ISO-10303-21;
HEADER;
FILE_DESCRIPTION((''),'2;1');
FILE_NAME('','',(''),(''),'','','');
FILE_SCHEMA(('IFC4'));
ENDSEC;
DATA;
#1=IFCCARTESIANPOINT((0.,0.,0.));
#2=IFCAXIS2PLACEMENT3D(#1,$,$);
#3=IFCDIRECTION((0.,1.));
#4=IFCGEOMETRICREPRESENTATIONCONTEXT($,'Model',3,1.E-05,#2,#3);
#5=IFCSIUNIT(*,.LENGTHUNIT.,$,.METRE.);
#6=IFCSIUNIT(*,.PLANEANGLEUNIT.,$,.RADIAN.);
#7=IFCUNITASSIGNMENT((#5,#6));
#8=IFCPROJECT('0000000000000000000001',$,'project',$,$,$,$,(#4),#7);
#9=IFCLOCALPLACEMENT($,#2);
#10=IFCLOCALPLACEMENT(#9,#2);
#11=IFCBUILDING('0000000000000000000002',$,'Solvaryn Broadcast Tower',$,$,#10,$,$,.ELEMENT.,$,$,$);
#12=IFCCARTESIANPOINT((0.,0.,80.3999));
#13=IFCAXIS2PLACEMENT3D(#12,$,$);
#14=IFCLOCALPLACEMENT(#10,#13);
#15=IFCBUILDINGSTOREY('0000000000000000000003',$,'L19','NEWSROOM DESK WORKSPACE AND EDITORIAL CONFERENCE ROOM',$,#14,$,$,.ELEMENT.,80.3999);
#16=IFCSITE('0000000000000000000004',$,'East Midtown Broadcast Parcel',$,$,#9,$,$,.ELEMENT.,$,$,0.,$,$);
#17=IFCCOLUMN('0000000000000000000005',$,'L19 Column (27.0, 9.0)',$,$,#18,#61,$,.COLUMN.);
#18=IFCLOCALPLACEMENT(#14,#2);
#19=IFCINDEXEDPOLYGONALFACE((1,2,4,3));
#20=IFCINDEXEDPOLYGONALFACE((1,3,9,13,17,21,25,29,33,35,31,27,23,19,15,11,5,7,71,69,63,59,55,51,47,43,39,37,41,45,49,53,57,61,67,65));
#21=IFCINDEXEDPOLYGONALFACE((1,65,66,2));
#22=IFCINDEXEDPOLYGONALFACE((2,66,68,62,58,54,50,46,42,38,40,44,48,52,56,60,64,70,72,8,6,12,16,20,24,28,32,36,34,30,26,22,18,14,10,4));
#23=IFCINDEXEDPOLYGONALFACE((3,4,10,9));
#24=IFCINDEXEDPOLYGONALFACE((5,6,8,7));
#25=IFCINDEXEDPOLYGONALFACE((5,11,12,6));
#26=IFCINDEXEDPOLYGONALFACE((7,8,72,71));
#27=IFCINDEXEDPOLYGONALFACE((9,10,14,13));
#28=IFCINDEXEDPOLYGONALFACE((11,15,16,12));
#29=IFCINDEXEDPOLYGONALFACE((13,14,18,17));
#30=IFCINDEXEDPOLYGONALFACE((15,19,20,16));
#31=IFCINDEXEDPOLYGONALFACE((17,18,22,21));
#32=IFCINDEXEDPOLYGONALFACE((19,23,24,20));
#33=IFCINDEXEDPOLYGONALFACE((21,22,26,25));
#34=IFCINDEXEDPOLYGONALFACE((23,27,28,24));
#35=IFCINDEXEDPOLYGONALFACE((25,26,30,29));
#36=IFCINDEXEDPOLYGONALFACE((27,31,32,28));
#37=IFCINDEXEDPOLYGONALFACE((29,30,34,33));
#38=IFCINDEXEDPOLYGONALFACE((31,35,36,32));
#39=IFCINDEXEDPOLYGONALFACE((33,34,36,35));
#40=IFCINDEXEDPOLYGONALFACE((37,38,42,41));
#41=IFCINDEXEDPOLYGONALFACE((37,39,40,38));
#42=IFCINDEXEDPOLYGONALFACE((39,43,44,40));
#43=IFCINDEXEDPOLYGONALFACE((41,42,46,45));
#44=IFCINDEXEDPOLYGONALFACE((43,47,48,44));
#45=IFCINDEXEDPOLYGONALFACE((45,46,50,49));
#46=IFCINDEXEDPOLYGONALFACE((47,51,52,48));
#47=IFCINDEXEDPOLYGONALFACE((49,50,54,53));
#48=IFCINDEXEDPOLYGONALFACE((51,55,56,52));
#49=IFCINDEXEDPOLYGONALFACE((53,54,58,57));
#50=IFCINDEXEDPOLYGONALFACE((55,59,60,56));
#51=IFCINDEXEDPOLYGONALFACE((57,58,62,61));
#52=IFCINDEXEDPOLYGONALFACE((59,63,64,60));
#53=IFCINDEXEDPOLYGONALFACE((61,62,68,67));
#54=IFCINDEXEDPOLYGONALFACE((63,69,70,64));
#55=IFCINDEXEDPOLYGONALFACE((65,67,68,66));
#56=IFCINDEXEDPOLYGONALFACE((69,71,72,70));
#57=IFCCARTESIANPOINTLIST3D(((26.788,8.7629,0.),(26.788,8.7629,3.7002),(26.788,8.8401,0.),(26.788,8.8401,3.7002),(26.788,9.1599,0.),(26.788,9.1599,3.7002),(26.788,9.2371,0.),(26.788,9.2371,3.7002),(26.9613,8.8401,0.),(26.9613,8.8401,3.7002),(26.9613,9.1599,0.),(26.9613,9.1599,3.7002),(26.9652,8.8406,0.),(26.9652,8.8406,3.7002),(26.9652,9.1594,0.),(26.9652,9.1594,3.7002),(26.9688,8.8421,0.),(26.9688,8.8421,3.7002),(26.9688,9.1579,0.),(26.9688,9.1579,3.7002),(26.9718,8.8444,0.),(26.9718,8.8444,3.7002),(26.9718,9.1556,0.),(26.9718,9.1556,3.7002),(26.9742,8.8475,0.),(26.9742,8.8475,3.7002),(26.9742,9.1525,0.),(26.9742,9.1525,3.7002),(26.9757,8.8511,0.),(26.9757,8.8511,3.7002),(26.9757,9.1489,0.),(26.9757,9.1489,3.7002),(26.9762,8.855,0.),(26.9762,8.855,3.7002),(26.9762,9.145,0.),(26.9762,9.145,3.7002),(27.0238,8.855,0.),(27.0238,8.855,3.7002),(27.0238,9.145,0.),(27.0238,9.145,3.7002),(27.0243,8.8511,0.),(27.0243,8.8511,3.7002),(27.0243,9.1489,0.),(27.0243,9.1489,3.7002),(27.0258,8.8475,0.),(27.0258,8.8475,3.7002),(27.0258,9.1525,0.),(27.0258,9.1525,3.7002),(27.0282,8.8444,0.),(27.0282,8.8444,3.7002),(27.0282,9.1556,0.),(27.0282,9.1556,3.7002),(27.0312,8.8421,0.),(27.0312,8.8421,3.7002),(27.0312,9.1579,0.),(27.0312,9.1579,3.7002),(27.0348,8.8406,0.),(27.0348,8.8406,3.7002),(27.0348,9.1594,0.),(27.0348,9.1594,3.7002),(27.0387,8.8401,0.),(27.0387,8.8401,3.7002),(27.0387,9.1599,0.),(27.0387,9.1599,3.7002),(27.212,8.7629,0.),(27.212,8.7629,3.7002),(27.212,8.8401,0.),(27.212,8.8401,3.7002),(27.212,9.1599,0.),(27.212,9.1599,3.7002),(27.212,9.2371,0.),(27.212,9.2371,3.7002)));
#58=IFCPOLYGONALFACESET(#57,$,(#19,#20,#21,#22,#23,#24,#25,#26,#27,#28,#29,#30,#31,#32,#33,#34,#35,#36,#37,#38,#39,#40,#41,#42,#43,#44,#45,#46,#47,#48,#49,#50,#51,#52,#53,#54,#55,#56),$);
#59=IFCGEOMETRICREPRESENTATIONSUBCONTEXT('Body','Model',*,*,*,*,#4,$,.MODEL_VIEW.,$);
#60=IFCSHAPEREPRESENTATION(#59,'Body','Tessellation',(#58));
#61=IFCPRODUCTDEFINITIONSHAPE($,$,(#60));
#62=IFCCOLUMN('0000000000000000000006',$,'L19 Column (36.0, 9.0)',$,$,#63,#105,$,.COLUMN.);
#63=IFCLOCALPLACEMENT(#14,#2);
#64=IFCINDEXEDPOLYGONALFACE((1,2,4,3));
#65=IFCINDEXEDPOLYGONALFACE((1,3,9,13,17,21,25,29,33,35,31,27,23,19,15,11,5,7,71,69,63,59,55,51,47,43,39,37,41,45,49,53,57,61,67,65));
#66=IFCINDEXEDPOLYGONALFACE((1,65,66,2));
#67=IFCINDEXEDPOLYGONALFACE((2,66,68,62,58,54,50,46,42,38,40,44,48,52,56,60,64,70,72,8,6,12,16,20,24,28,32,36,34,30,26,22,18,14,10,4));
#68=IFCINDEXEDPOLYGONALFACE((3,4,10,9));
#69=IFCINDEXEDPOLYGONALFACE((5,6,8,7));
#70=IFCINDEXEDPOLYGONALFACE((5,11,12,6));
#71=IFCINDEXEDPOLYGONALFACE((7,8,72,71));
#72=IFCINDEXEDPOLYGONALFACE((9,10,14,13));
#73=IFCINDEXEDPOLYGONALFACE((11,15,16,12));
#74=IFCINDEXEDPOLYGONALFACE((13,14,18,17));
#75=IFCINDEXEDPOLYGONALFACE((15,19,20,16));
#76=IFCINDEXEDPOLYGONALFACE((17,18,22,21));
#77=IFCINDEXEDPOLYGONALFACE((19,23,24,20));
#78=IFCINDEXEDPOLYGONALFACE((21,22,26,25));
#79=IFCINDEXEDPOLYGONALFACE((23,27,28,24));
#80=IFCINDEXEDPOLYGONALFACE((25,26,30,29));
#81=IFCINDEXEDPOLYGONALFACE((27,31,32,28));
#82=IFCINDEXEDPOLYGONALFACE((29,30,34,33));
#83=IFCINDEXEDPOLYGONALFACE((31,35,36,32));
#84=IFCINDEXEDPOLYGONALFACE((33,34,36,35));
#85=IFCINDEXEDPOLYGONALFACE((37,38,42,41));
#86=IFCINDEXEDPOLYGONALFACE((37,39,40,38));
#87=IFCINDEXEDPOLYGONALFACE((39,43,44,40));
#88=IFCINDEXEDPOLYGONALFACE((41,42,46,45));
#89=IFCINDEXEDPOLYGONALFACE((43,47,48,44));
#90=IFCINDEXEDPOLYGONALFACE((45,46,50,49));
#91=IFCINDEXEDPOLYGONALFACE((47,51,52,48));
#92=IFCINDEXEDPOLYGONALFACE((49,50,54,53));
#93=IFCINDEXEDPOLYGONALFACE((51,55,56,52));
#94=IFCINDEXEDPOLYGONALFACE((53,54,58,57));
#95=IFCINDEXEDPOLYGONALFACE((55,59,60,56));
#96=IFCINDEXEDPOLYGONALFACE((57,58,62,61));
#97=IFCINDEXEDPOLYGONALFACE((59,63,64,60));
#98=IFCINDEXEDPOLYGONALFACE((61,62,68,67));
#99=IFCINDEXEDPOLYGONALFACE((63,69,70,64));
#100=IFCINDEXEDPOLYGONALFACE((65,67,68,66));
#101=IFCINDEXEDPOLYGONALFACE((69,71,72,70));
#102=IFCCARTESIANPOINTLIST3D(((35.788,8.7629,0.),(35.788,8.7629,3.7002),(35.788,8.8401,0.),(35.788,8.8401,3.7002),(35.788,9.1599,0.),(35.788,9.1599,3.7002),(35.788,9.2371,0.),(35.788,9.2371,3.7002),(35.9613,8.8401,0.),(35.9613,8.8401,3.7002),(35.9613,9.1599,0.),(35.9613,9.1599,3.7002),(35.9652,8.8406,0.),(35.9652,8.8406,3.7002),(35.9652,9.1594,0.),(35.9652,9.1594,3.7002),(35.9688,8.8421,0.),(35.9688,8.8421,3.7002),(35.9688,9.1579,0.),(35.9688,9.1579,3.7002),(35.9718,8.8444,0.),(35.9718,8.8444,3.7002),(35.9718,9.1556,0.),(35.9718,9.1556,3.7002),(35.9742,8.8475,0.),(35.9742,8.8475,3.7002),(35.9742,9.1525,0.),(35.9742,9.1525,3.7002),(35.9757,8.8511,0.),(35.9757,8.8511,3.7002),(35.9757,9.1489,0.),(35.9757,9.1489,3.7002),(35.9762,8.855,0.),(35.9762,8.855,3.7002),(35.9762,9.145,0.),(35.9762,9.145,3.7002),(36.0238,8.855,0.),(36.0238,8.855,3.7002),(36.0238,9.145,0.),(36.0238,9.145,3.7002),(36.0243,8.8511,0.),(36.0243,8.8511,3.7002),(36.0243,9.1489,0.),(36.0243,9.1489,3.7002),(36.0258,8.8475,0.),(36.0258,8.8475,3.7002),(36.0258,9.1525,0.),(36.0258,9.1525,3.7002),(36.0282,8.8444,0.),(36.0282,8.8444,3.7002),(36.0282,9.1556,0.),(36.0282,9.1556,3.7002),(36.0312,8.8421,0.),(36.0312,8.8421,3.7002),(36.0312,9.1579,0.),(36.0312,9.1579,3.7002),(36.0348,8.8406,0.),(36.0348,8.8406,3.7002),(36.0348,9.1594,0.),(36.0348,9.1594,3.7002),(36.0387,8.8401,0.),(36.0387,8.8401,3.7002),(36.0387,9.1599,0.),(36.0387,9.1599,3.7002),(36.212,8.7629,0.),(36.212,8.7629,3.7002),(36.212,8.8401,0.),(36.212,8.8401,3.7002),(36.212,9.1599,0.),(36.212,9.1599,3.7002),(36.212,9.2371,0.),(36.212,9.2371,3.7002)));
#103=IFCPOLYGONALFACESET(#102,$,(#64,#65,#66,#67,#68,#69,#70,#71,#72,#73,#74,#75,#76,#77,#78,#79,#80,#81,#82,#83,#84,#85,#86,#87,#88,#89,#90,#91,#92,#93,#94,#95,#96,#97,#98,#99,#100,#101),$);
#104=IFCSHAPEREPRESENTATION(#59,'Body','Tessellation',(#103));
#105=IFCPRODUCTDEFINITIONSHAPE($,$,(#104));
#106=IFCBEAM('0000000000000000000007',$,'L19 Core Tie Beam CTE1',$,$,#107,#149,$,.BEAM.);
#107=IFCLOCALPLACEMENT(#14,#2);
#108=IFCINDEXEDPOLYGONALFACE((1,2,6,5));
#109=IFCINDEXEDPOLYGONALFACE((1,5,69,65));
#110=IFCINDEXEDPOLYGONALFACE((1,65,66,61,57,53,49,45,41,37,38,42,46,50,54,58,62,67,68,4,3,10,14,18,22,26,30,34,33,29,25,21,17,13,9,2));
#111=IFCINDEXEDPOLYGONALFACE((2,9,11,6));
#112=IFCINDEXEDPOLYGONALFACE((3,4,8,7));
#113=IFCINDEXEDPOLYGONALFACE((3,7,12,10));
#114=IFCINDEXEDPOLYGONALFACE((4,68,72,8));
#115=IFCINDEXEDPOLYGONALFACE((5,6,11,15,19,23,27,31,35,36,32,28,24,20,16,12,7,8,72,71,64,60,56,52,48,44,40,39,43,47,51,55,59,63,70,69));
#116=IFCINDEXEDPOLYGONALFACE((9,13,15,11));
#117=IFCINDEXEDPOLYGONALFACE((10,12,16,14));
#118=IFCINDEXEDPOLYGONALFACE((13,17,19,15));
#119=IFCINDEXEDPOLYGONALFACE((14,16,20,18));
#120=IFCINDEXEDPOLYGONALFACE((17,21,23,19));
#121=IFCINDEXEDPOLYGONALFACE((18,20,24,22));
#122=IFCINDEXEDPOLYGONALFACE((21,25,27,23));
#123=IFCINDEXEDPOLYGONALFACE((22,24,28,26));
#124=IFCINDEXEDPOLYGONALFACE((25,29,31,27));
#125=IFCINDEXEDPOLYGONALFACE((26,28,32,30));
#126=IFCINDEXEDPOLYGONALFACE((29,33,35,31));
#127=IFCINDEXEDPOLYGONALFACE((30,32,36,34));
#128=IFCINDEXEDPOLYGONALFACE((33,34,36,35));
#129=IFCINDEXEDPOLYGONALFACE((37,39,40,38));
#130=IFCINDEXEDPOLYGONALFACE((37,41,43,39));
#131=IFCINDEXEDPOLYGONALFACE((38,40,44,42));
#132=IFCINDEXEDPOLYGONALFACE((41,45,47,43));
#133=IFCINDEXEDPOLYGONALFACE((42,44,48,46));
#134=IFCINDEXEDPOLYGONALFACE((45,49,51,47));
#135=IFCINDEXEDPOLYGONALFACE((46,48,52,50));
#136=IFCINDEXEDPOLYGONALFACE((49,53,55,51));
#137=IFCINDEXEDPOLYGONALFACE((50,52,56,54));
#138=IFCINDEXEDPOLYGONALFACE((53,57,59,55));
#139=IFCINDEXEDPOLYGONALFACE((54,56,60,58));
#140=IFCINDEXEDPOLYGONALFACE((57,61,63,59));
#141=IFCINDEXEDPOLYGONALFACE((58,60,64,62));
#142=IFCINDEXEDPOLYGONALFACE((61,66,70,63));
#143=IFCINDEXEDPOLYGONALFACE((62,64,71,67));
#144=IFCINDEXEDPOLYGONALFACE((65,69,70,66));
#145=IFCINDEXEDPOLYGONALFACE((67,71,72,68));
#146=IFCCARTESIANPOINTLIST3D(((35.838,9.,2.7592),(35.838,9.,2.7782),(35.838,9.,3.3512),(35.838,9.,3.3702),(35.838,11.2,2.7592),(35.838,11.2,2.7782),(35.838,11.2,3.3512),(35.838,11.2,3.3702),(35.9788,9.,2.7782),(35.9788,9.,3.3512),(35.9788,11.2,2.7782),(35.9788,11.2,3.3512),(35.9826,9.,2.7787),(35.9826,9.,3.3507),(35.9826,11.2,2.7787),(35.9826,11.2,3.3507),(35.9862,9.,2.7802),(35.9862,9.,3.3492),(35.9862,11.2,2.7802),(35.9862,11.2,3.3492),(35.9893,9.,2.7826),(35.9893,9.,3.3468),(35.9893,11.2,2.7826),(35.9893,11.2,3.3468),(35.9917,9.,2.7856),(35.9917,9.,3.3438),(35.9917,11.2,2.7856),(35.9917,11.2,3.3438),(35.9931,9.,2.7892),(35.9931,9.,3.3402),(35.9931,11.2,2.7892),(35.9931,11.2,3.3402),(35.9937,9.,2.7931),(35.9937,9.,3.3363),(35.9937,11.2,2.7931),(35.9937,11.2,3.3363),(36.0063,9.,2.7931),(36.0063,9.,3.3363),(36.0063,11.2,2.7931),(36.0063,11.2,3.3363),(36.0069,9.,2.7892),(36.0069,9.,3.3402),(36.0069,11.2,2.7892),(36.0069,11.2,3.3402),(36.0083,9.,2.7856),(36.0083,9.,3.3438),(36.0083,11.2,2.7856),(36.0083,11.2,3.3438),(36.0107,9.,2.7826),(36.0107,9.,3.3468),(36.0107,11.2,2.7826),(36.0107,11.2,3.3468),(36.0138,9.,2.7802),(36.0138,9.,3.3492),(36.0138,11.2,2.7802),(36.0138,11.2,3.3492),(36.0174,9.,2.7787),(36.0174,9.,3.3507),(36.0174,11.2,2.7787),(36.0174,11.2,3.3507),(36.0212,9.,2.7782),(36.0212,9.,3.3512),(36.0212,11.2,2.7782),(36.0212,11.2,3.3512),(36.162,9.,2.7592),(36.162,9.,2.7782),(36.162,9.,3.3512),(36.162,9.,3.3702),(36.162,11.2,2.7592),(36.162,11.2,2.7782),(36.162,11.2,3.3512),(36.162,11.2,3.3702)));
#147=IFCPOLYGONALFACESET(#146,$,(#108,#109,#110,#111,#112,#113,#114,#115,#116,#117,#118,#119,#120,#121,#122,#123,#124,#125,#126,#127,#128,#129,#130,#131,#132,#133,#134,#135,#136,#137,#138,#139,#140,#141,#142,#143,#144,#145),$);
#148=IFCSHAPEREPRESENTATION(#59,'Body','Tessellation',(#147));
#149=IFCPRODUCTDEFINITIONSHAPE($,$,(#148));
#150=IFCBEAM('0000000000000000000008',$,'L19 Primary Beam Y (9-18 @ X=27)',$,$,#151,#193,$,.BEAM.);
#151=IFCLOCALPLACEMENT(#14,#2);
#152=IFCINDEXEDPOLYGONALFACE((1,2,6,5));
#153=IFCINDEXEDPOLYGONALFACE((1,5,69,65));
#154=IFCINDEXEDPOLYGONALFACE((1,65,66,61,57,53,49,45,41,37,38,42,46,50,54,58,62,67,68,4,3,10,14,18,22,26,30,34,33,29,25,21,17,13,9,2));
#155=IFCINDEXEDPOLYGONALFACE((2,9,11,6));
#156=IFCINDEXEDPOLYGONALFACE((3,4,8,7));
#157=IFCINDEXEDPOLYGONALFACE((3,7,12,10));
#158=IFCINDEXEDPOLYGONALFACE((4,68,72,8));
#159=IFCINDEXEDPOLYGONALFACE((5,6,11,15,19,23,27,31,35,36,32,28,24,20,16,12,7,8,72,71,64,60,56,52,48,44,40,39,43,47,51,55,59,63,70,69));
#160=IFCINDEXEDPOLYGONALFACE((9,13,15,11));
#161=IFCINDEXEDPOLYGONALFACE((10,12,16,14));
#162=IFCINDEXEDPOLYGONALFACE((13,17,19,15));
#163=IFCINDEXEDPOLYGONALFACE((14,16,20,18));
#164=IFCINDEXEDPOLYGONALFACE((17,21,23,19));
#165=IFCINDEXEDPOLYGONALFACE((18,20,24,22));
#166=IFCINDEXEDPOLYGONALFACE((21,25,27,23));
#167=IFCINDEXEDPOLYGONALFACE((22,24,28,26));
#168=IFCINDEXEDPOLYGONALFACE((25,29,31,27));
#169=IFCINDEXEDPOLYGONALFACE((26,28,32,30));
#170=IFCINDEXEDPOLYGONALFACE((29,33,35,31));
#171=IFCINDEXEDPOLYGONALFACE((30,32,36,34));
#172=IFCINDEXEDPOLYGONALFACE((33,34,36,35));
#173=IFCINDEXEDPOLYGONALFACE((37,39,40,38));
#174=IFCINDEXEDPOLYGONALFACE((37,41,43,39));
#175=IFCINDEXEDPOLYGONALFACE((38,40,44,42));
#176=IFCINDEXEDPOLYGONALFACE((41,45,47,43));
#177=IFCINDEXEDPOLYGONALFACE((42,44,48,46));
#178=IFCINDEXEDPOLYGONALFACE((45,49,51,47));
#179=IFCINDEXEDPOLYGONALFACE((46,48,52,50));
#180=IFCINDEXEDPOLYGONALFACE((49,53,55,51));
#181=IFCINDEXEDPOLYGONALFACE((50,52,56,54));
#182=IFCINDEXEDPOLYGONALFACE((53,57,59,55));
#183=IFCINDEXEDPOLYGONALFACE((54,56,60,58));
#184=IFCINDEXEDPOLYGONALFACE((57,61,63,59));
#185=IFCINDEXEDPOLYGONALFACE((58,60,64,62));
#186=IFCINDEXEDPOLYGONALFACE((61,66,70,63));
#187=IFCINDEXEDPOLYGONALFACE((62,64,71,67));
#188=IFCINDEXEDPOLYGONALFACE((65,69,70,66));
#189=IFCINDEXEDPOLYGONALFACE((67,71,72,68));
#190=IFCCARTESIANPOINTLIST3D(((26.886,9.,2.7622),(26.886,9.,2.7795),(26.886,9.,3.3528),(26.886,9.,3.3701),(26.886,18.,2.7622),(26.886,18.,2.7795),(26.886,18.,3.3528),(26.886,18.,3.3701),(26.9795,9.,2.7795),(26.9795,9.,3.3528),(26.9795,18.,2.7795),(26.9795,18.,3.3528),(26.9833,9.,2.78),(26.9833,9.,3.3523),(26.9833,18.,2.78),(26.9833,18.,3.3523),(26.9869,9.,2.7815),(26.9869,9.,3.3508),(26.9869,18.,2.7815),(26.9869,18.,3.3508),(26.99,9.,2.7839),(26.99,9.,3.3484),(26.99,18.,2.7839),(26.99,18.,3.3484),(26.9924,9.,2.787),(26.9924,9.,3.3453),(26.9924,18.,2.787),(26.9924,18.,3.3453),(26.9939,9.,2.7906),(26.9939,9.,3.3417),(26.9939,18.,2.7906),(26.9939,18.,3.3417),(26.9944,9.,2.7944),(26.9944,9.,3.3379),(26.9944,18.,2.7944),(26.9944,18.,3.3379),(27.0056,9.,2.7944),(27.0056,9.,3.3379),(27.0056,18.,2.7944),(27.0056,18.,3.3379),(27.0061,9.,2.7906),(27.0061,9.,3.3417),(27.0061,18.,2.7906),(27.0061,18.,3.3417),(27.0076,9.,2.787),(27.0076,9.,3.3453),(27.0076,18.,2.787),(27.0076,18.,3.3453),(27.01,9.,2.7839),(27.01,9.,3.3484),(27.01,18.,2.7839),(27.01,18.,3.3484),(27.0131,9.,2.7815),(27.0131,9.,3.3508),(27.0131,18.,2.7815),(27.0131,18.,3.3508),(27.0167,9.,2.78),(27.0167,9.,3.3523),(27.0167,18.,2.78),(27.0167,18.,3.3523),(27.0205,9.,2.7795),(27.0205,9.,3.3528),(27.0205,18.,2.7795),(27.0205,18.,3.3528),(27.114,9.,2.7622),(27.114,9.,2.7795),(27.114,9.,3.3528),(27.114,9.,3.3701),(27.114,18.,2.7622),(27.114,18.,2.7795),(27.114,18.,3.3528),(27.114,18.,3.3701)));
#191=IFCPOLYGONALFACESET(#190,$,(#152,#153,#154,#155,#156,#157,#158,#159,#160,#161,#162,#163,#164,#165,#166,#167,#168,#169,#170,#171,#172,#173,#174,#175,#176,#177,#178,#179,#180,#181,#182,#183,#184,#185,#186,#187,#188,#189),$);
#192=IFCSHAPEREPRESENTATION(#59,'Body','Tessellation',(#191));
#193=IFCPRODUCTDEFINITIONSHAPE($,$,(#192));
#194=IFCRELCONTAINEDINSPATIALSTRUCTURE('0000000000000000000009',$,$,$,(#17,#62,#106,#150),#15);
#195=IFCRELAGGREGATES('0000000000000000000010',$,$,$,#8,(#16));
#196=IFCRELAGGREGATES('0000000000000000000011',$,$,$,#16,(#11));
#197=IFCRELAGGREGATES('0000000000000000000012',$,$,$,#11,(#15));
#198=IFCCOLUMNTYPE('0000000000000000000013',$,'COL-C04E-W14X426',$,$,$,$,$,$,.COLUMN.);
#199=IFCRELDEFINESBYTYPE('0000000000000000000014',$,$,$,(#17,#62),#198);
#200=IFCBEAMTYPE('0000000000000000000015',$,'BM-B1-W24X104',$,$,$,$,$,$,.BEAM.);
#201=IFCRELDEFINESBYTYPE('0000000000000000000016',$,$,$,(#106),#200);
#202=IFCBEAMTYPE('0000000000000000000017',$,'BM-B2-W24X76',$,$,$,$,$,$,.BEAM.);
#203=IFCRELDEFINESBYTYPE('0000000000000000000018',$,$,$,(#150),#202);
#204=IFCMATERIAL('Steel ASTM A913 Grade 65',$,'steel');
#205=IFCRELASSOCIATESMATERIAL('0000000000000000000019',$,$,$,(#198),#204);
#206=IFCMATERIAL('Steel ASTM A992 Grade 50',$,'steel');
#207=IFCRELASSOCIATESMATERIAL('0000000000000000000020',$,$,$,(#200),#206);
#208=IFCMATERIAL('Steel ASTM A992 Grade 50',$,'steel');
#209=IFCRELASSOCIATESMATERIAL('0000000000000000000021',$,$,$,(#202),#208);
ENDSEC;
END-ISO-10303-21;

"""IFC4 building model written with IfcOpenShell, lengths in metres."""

from ifc_helpers import new_model, si_unit, direction, frame, origin, origin_2d, place, context, subcontext, project, spatial, i_section, extrude, material, material_profile, profile_set, type_object, element, save


model = new_model("IFC4")

# Units and contexts
model_context = context("Model", 3, precision=1e-05, world=origin(), true_north=direction((0.0, 1.0)))
body_context = subcontext(model_context, "Body", "Model", "MODEL_VIEW")
ifc_project = project(units=[si_unit("LENGTHUNIT", "METRE"), si_unit("PLANEANGLEUNIT", "RADIAN")], contexts=[model_context])

# Site, building, storey
site_placement = place(None, origin())
site = spatial("IfcSite", under=ifc_project, at=site_placement, Name="East Midtown Broadcast Parcel", CompositionType="ELEMENT", RefElevation=0.0)
building_placement = place(site_placement, origin())
building = spatial("IfcBuilding", under=site, at=building_placement, Name="Solvaryn Broadcast Tower", CompositionType="ELEMENT")
storey_placement = place(building_placement, frame((0.0, 0.0, 80.3999)))
storey = spatial("IfcBuildingStorey", under=building, at=storey_placement, Name="L19", Description="NEWSROOM DESK WORKSPACE AND EDITORIAL CONFERENCE ROOM", CompositionType="ELEMENT", Elevation=80.3999)

# Columns
ifc_material_1 = material(Name="Steel ASTM A913 Grade 65", Category="steel")
ifc_material_profile_1 = material_profile(ifc_material_1, i_section(OverallWidth=0.4241, OverallDepth=0.4741, WebThickness=0.0476, FlangeThickness=0.0771, FilletRadius=0.0149, at=origin_2d()))
ifc_profile_set_1 = profile_set([ifc_material_profile_1], Name="Steel ASTM A913 Grade 65")
column_type = type_object("IfcColumnType", Name="COL-C04E-W14X426", PredefinedType="COLUMN", material=ifc_profile_set_1)
for number, where, z_axis, x_axis, name in (
    (1, (27.0, 9.0, 0.0), (0.0, 0.0, 1.0), (1.0, 0.0, 0.0), "L19 Column (27.0, 9.0)"),
    (2, (36.0, 9.0, 0.0), (0.0, 0.0, 1.0), (1.0, 0.0, 0.0), "L19 Column (36.0, 9.0)"),
):
    element("IfcColumn", number, at=place(storey_placement, frame(where, z_axis=z_axis, x_axis=x_axis)), inside=storey, type_object=column_type, Name=name, PredefinedType="COLUMN", context=body_context, shape_type="SweptSolid", body=[
        extrude(i_section(OverallWidth=0.4241, OverallDepth=0.4741, WebThickness=0.0476, FlangeThickness=0.0771, FilletRadius=0.0149, at=origin_2d()), origin(), (0.0, 0.0, 1.0), 3.7002),
    ])

# Beams
ifc_material_2 = material(Name="Steel ASTM A992 Grade 50", Category="steel")
ifc_material_profile_2 = material_profile(ifc_material_2, i_section(OverallWidth=0.324, OverallDepth=0.6111, WebThickness=0.0127, FlangeThickness=0.019, FilletRadius=0.0149, at=origin_2d()))
ifc_profile_set_2 = profile_set([ifc_material_profile_2], Name="Steel ASTM A992 Grade 50")
beam_type_1 = type_object("IfcBeamType", Name="BM-B1-W24X104", PredefinedType="BEAM", material=ifc_profile_set_2)
beam_1_placement = place(storey_placement, frame((36.0, 9.0, 3.0647), z_axis=(0.0, 1.0, 0.0), x_axis=(-1.0, 0.0, 0.0)))
element("IfcBeam", 3, at=beam_1_placement, inside=storey, type_object=beam_type_1, Name="L19 Core Tie Beam CTE1", PredefinedType="BEAM", context=body_context, shape_type="SweptSolid", body=[
    extrude(i_section(OverallWidth=0.324, OverallDepth=0.6111, WebThickness=0.0127, FlangeThickness=0.019, FilletRadius=0.0149, at=origin_2d()), origin(), (0.0, 0.0, 1.0), 2.2),
])
ifc_material_3 = material(Name="Steel ASTM A992 Grade 50", Category="steel")
ifc_material_profile_3 = material_profile(ifc_material_3, i_section(OverallWidth=0.228, OverallDepth=0.6079, WebThickness=0.0112, FlangeThickness=0.0173, FilletRadius=0.0149, at=origin_2d()))
ifc_profile_set_3 = profile_set([ifc_material_profile_3], Name="Steel ASTM A992 Grade 50")
beam_type_2 = type_object("IfcBeamType", Name="BM-B2-W24X76", PredefinedType="BEAM", material=ifc_profile_set_3)
beam_2_placement = place(storey_placement, frame((27.0, 9.0, 3.0662), z_axis=(0.0, 1.0, 0.0), x_axis=(-1.0, 0.0, 0.0)))
element("IfcBeam", 4, at=beam_2_placement, inside=storey, type_object=beam_type_2, Name="L19 Primary Beam Y (9-18 @ X=27)", PredefinedType="BEAM", context=body_context, shape_type="SweptSolid", body=[
    extrude(i_section(OverallWidth=0.228, OverallDepth=0.6079, WebThickness=0.0112, FlangeThickness=0.0173, FilletRadius=0.0149, at=origin_2d()), origin(), (0.0, 0.0, 1.0), 9.0),
])

save(model, "model.ifc")
